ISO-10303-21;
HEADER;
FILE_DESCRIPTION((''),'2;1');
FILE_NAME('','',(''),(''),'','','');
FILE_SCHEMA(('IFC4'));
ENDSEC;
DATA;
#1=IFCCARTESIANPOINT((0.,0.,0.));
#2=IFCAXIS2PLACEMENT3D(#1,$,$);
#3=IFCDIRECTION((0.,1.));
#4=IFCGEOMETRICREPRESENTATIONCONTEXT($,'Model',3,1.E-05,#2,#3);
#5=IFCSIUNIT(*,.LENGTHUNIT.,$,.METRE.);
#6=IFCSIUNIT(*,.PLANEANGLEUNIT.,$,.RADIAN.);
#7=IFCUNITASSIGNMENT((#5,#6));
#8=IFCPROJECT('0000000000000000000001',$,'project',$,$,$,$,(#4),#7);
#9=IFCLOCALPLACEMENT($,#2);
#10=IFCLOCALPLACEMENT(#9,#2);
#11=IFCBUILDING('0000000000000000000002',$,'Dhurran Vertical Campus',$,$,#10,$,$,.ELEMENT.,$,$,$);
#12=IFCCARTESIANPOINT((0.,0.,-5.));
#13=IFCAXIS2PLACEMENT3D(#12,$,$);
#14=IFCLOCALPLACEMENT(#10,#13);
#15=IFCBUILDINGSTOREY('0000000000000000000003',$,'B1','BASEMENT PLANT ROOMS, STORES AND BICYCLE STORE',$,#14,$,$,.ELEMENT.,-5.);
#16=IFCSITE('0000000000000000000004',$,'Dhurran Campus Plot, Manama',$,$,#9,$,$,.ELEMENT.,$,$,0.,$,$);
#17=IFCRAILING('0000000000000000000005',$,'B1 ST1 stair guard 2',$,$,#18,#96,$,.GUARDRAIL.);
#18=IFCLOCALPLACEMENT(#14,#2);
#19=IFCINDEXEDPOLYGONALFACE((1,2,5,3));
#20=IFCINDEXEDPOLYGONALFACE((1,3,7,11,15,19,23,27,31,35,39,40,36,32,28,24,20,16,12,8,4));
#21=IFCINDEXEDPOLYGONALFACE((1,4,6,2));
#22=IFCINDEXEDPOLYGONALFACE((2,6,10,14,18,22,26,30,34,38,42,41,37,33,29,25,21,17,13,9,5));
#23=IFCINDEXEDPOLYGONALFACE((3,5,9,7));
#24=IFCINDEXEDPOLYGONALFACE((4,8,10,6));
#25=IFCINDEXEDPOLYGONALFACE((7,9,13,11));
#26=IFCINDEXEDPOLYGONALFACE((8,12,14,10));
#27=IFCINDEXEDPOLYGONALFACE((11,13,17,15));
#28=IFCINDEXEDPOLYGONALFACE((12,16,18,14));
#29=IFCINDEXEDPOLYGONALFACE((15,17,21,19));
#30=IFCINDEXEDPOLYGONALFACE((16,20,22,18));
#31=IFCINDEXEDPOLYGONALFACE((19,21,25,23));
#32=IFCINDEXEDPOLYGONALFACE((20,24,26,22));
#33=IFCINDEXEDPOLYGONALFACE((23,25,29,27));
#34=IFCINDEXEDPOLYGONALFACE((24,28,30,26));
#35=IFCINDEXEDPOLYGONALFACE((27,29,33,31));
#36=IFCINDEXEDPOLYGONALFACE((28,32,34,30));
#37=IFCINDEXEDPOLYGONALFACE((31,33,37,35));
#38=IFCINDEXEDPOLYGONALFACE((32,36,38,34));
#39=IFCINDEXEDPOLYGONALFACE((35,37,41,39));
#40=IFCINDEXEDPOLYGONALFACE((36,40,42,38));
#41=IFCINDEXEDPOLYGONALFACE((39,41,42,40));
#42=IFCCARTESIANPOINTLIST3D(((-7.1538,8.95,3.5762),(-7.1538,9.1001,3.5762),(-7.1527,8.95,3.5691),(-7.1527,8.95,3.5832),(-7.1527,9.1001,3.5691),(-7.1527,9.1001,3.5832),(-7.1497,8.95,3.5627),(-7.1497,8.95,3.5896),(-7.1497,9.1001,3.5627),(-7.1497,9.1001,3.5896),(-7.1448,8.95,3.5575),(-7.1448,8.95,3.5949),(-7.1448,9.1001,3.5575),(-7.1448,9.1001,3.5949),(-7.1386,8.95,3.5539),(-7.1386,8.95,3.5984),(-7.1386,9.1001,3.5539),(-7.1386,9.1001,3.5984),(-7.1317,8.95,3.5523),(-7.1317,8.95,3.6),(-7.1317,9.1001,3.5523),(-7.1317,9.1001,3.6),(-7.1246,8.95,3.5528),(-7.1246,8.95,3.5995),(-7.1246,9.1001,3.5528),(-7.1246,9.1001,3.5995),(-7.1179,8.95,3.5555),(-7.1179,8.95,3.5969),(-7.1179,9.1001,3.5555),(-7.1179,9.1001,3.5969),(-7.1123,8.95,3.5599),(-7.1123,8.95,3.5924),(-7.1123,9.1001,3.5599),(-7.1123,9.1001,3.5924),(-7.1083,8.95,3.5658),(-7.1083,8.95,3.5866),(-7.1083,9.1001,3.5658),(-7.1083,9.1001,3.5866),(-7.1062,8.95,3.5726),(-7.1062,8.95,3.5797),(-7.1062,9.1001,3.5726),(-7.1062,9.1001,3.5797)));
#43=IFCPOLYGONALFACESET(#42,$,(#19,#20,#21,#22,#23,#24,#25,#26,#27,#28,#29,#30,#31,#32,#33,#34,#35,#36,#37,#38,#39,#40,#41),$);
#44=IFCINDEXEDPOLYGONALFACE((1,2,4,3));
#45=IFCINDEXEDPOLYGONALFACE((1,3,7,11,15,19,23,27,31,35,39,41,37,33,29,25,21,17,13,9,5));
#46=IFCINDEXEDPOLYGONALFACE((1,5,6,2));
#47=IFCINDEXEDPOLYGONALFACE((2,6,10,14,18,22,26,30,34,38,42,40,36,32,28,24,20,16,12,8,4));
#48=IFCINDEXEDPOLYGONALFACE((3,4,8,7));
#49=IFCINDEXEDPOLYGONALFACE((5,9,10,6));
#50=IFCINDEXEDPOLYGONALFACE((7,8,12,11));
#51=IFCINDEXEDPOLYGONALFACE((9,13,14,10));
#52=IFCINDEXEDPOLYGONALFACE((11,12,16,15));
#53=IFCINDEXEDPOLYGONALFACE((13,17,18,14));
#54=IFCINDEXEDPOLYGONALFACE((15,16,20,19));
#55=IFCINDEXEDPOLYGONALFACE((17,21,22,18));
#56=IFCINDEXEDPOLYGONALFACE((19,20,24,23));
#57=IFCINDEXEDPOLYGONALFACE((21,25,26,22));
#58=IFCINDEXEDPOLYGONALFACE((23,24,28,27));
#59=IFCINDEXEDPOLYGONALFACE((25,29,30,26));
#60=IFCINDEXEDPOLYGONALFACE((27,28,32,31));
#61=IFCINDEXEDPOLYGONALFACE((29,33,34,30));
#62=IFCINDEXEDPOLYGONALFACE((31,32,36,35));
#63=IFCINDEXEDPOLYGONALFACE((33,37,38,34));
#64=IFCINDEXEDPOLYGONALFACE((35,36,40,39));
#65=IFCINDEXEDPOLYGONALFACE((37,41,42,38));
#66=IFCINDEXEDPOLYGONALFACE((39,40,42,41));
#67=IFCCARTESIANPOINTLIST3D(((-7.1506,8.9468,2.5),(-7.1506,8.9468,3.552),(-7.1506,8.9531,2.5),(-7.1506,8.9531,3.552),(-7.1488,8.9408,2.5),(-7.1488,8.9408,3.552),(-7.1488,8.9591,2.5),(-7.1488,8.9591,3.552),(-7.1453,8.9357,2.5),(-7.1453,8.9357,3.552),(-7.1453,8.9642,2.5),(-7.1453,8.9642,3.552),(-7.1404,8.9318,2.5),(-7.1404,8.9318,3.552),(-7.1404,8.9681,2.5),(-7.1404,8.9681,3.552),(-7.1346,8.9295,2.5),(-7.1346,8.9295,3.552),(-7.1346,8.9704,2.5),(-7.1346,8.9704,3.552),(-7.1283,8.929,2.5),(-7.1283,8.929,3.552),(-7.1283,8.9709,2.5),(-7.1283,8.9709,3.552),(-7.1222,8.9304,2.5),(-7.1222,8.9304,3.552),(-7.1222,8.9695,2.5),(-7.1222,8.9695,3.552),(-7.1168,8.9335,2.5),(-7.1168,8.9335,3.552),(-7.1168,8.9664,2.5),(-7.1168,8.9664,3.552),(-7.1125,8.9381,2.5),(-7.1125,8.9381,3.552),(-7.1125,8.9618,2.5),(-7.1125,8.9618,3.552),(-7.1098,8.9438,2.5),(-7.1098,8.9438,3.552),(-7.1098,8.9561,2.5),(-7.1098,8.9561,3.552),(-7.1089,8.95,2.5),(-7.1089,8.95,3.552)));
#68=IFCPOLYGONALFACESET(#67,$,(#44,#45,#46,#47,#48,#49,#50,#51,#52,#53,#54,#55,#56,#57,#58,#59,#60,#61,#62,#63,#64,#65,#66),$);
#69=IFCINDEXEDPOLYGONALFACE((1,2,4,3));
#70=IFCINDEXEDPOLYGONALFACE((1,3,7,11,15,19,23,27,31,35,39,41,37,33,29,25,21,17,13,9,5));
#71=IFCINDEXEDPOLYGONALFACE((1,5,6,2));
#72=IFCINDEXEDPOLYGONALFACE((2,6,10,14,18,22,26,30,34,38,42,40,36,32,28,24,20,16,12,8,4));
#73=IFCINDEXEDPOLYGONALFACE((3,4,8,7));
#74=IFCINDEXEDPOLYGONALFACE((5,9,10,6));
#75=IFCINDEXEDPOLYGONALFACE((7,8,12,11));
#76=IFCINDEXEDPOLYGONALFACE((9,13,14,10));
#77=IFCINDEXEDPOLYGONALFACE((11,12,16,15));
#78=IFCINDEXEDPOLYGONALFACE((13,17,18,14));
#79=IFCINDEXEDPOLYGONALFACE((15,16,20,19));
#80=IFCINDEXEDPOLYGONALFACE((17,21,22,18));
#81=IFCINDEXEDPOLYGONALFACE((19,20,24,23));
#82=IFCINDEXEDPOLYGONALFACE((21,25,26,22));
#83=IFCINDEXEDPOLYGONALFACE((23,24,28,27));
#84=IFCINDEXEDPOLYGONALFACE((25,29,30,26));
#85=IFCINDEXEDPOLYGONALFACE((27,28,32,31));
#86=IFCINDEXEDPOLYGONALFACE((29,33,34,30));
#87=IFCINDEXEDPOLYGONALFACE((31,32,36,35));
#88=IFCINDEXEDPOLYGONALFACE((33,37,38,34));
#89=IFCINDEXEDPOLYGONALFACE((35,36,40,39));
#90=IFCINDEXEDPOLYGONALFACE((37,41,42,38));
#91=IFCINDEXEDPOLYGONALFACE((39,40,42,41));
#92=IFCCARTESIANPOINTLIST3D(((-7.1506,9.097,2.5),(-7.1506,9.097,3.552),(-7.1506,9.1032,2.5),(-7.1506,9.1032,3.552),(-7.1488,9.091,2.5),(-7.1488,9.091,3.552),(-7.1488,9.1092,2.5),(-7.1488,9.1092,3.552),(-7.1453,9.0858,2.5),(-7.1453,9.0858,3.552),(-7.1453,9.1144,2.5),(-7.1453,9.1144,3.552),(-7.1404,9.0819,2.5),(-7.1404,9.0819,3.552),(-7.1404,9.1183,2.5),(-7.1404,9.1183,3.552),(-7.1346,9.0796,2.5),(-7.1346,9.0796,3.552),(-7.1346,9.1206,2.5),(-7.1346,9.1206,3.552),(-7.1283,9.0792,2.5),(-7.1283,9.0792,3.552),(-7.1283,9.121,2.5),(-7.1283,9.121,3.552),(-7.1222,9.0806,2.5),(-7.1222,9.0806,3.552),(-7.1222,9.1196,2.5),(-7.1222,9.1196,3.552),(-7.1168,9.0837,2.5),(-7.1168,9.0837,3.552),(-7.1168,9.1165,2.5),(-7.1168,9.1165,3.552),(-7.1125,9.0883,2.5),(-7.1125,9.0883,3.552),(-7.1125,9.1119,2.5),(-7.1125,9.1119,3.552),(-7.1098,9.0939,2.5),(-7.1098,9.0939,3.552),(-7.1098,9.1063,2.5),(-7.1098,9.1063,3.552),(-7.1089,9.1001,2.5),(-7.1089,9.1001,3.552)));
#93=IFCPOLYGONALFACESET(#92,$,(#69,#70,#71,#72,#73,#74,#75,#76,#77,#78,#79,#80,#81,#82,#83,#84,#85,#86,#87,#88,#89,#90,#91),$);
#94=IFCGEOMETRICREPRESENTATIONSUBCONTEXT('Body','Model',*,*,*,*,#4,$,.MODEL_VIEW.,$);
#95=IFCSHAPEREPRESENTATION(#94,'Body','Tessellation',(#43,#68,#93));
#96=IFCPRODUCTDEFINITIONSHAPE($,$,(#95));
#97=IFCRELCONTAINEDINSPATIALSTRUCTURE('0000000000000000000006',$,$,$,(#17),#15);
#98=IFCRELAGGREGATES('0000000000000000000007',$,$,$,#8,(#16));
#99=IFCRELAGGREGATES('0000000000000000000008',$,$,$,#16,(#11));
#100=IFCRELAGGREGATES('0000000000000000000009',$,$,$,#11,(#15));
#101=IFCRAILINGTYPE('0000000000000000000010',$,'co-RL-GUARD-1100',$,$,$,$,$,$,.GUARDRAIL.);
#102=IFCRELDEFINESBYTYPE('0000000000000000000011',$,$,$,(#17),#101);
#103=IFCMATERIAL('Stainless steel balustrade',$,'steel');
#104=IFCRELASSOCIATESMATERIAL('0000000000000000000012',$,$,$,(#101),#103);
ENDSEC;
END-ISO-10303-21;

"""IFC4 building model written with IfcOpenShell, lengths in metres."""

from ifc_helpers import new_model, si_unit, direction, frame, origin, origin_2d, place, context, subcontext, project, spatial, circle, extrude, material, type_object, element, save


model = new_model("IFC4")

# Units and contexts
model_context = context("Model", 3, precision=1e-05, world=origin(), true_north=direction((0.0, 1.0)))
body_context = subcontext(model_context, "Body", "Model", "MODEL_VIEW")
ifc_project = project(units=[si_unit("LENGTHUNIT", "METRE"), si_unit("PLANEANGLEUNIT", "RADIAN")], contexts=[model_context])

# Site, building, storey
site_placement = place(None, origin())
site = spatial("IfcSite", under=ifc_project, at=site_placement, Name="Dhurran Campus Plot, Manama", CompositionType="ELEMENT", RefElevation=0.0)
building_placement = place(site_placement, origin())
building = spatial("IfcBuilding", under=site, at=building_placement, Name="Dhurran Vertical Campus", CompositionType="ELEMENT")
storey_placement = place(building_placement, frame((0.0, 0.0, -5.0)))
storey = spatial("IfcBuildingStorey", under=building, at=storey_placement, Name="B1", Description="BASEMENT PLANT ROOMS, STORES AND BICYCLE STORE", CompositionType="ELEMENT", Elevation=-5.0)

# Railing
ifc_material_1 = material(Name="Stainless steel balustrade", Category="steel")
railing_type_1 = type_object("IfcRailingType", Name="co-RL-GUARD-1100", PredefinedType="GUARDRAIL", material=ifc_material_1)
railing_1_placement = place(storey_placement, frame((-7.1299, 8.95, 2.5)))
element("IfcRailing", 1, at=railing_1_placement, inside=storey, type_object=railing_type_1, Name="B1 ST1 stair guard 2", PredefinedType="GUARDRAIL", context=body_context, shape_type="SweptSolid", body=[
    extrude(circle(Radius=0.0239, at=origin_2d()), frame((0.0, 0.0, 1.0762), z_axis=(0.0, 1.0, 0.0), x_axis=(-1.0, 0.0, 0.0)), (0.0, 0.0, 1.0), 0.1501),
    extrude(circle(Radius=0.021, at=origin_2d()), origin(), (0.0, 0.0, 1.0), 1.052),
    extrude(circle(Radius=0.021, at=origin_2d()), frame((0.0, 0.1501, 0.0)), (0.0, 0.0, 1.0), 1.052),
])

save(model, "model.ifc")
